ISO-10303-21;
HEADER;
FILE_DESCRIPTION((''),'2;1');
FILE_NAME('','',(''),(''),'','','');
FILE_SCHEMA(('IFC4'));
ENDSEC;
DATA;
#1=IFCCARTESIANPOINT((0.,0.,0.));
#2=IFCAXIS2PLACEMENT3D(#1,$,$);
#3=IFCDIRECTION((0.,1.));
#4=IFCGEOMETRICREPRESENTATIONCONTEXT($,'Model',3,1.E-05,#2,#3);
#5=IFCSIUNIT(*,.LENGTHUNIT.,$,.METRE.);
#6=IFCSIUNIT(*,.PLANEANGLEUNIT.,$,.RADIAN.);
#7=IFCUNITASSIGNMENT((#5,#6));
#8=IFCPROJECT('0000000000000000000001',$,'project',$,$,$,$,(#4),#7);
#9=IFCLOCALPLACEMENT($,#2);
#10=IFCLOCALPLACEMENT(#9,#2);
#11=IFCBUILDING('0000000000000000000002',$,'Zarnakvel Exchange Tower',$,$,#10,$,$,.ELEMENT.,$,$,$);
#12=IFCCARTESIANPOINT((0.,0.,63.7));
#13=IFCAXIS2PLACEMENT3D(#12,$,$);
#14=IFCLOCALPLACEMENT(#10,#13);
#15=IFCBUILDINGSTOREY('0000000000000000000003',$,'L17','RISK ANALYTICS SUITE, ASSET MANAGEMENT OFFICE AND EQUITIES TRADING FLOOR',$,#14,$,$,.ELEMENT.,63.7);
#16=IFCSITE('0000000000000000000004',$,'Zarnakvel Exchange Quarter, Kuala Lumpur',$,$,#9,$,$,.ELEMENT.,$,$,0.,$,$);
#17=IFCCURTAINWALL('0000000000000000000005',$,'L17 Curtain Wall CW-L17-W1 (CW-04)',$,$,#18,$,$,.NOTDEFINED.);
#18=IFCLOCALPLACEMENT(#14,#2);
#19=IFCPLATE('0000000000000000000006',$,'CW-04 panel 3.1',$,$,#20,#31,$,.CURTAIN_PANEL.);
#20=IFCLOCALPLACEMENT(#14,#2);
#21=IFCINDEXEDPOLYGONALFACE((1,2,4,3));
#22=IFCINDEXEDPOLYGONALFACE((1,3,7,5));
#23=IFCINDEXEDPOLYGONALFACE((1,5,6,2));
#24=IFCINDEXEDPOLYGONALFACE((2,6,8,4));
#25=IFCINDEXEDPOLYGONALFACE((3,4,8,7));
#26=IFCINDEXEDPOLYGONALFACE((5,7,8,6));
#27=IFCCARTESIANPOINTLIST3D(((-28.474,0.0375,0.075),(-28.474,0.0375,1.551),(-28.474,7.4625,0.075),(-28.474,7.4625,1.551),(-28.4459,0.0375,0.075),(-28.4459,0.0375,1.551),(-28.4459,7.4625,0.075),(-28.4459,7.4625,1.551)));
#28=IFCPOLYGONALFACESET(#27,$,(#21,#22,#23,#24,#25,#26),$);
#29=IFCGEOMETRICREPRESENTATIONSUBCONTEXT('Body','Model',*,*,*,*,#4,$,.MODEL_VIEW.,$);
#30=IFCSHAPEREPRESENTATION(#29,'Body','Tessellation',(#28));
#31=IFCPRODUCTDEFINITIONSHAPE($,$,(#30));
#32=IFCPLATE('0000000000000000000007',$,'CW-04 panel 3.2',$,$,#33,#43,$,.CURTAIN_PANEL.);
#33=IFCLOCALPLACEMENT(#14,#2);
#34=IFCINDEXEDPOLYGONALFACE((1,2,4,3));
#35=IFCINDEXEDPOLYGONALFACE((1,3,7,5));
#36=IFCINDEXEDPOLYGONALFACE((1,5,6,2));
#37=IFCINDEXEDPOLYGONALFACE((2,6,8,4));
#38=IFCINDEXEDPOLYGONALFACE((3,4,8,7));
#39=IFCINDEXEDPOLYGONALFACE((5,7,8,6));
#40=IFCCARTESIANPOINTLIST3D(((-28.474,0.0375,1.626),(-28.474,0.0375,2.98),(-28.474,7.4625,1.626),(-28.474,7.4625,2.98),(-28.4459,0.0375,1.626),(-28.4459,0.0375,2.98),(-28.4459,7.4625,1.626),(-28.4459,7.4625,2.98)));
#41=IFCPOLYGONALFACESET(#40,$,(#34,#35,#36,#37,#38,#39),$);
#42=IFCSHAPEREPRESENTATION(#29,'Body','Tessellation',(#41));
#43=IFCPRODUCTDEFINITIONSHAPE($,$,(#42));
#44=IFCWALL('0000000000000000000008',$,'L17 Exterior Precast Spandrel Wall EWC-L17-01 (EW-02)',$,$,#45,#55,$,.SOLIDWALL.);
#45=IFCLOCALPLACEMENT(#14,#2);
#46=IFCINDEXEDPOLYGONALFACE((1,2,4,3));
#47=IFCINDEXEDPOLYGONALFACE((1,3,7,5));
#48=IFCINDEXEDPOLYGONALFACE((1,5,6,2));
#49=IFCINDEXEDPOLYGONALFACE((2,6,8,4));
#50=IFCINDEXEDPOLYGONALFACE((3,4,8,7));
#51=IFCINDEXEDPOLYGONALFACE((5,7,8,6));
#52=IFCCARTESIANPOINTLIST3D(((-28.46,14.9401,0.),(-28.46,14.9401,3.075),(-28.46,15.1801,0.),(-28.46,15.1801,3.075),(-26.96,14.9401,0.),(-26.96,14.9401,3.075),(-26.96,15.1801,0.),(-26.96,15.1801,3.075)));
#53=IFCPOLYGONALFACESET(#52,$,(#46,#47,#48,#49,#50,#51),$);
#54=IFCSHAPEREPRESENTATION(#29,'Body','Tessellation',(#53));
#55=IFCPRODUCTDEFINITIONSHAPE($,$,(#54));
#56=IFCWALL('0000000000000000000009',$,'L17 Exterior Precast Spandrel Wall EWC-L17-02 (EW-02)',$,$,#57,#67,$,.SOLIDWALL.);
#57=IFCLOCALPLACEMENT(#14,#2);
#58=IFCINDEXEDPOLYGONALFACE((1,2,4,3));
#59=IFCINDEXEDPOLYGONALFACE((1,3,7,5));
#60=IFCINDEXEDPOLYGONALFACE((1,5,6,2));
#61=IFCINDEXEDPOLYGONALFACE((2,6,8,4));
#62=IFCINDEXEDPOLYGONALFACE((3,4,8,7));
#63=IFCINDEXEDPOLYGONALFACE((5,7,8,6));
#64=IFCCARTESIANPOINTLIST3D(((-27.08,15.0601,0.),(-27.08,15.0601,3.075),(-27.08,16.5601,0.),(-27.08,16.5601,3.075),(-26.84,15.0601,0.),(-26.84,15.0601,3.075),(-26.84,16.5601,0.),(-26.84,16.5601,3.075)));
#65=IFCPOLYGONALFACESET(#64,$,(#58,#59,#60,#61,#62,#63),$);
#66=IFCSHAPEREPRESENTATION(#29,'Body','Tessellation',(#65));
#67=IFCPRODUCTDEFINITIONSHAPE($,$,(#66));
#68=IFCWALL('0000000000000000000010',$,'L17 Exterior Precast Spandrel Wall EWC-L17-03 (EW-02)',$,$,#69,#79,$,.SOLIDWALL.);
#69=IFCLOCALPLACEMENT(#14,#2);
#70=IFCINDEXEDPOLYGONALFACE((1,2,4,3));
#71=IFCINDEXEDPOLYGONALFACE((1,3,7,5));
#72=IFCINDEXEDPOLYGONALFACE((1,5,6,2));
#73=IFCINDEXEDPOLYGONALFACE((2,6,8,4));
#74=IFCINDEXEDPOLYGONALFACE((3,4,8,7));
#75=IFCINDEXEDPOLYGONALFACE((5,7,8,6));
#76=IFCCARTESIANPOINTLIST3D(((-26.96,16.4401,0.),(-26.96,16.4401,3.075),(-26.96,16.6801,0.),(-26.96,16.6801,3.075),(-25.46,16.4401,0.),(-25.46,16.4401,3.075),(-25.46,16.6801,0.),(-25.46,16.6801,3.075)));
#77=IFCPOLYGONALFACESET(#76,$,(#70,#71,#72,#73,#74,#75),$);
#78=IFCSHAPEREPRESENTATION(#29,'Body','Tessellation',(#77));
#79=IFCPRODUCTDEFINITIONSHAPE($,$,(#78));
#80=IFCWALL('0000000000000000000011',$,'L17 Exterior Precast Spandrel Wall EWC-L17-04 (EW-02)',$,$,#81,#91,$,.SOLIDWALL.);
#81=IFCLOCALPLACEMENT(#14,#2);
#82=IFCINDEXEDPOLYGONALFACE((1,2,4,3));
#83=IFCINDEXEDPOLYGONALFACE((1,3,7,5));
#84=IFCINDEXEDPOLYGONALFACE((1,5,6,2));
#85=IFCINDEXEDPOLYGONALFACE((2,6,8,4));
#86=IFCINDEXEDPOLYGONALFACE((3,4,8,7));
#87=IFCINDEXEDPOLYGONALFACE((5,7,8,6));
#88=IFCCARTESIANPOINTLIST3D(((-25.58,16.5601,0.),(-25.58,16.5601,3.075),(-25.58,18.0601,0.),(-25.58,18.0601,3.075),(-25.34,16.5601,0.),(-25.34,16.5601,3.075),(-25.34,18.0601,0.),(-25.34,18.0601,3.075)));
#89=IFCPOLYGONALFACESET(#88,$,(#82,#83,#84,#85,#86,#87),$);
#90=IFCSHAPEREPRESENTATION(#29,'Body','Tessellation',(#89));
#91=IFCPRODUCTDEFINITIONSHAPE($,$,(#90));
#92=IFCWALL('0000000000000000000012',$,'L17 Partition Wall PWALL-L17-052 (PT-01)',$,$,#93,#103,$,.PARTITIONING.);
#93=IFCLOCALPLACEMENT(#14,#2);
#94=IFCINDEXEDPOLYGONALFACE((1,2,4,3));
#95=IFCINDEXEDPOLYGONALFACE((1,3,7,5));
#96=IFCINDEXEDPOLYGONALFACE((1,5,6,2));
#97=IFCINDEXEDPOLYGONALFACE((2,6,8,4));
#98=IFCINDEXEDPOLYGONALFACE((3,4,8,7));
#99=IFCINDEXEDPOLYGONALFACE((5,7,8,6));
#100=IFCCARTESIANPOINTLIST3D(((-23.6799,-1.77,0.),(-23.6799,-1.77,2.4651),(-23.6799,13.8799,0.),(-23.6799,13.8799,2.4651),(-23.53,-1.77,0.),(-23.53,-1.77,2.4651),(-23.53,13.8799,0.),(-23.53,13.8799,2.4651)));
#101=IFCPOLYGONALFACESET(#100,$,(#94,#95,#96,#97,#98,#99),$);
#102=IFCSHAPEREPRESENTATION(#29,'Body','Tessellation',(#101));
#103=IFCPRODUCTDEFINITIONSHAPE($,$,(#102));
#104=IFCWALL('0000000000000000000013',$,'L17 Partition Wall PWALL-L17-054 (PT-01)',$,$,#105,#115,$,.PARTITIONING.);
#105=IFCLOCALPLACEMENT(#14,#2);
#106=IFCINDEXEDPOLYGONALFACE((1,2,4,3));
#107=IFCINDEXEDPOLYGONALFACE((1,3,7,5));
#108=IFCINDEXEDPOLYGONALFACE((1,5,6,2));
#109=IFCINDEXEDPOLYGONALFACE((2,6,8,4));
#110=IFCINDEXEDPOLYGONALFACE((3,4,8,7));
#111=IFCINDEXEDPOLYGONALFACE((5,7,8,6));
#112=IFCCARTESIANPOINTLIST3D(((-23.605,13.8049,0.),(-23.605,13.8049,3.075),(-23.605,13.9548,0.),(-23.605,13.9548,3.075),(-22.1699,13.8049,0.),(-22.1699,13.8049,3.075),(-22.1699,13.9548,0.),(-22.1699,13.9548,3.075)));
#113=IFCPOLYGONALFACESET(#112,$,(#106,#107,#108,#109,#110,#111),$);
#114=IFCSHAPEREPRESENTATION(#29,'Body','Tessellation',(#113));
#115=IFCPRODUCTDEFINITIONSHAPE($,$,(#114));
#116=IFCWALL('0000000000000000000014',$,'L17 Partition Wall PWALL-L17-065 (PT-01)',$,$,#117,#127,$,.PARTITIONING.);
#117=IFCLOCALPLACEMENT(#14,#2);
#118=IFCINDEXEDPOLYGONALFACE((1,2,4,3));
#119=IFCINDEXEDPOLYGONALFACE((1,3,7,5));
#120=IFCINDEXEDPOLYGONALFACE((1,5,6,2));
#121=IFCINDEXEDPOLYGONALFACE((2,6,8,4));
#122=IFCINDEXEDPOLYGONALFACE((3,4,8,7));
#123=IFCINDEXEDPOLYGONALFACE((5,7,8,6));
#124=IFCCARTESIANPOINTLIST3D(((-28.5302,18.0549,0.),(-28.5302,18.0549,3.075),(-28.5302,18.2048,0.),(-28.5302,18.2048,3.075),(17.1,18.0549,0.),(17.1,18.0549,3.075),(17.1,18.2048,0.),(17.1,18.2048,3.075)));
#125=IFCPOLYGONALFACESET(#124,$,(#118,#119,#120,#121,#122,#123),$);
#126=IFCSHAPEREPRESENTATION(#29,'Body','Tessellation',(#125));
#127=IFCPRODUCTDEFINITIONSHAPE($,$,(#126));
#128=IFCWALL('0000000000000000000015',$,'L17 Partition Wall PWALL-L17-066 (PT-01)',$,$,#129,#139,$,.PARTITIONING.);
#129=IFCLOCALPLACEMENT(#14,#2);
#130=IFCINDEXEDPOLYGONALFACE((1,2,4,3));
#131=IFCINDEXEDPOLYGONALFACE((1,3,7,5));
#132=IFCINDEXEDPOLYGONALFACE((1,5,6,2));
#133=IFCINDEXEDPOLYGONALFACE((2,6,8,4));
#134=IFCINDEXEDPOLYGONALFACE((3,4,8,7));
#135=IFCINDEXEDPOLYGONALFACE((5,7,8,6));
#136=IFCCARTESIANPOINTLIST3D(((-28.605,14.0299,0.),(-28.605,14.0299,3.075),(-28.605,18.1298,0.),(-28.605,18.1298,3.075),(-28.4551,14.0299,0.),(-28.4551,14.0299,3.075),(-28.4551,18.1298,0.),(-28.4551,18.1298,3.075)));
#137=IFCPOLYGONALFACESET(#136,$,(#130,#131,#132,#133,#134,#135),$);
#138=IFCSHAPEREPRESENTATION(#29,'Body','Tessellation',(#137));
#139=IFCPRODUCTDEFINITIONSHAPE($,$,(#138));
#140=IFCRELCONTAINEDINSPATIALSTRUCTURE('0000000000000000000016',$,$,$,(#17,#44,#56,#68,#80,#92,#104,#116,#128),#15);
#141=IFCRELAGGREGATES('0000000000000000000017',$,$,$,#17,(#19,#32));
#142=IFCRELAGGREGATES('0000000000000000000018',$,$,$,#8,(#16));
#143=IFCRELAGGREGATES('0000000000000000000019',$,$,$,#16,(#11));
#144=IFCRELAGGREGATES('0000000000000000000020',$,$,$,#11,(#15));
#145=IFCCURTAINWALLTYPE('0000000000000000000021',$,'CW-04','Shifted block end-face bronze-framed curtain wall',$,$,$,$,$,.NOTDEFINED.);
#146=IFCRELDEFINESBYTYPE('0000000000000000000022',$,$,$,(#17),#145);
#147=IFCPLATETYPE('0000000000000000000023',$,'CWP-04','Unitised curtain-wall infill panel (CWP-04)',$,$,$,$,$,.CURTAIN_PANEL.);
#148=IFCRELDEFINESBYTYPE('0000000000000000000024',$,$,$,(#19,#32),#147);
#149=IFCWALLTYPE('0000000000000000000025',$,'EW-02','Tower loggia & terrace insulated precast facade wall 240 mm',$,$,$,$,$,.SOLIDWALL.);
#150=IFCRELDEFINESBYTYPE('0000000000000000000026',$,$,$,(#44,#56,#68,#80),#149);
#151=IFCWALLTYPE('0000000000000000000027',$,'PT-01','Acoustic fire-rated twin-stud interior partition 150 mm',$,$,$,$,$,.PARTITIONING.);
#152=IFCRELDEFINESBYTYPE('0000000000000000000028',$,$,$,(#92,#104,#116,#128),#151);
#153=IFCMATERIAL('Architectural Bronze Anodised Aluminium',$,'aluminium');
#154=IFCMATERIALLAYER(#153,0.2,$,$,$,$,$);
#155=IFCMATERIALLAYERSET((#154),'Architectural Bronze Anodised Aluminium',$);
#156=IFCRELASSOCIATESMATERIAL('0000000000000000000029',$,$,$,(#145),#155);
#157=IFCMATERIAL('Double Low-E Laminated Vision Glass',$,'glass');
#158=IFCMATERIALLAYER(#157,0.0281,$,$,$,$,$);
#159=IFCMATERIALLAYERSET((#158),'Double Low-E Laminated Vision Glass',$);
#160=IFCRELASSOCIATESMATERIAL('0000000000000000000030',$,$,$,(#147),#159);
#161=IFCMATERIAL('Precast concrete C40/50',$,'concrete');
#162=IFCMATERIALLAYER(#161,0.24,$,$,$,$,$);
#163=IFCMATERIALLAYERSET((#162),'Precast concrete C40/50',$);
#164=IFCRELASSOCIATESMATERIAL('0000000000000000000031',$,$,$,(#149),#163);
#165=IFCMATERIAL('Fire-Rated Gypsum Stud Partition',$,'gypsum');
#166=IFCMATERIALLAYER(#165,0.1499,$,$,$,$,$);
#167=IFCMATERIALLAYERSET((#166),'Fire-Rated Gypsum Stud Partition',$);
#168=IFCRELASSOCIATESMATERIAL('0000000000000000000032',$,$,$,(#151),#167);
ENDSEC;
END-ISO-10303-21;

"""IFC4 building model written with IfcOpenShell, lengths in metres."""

from ifc_helpers import new_model, si_unit, direction, frame, frame_2d, origin, origin_2d, place, context, subcontext, project, spatial, rectangle, extrude, source, transform, mapped, material, layer, layer_set, type_object, element, aggregate, save


model = new_model("IFC4")

# Units and contexts
model_context = context("Model", 3, precision=1e-05, world=origin(), true_north=direction((0.0, 1.0)))
body_context = subcontext(model_context, "Body", "Model", "MODEL_VIEW")
ifc_project = project(units=[si_unit("LENGTHUNIT", "METRE"), si_unit("PLANEANGLEUNIT", "RADIAN")], contexts=[model_context])

# Site, building, storey
site_placement = place(None, origin())
site = spatial("IfcSite", under=ifc_project, at=site_placement, Name="Zarnakvel Exchange Quarter, Kuala Lumpur", CompositionType="ELEMENT", RefElevation=0.0)
building_placement = place(site_placement, origin())
building = spatial("IfcBuilding", under=site, at=building_placement, Name="Zarnakvel Exchange Tower", CompositionType="ELEMENT")
storey_placement = place(building_placement, frame((0.0, 0.0, 63.7)))
storey = spatial("IfcBuildingStorey", under=building, at=storey_placement, Name="L17", Description="RISK ANALYTICS SUITE, ASSET MANAGEMENT OFFICE AND EQUITIES TRADING FLOOR", CompositionType="ELEMENT", Elevation=63.7)

# Curtain wall
ifc_material_1 = material(Name="Architectural Bronze Anodised Aluminium", Category="aluminium")
ifc_layer_1 = layer(ifc_material_1, 0.2)
ifc_layer_set_1 = layer_set([ifc_layer_1], Name="Architectural Bronze Anodised Aluminium")
curtain_wall_type_1 = type_object("IfcCurtainWallType", Name="CW-04", Description="Shifted block end-face bronze-framed curtain wall", PredefinedType="NOTDEFINED", material=ifc_layer_set_1)
curtain_wall_1_placement = place(storey_placement, origin())
curtain_wall_1 = element("IfcCurtainWall", 1, at=curtain_wall_1_placement, inside=storey, type_object=curtain_wall_type_1, Name="L17 Curtain Wall CW-L17-W1 (CW-04)", PredefinedType="NOTDEFINED")

# Plates
ifc_material_2 = material(Name="Double Low-E Laminated Vision Glass", Category="glass")
ifc_layer_2 = layer(ifc_material_2, 0.0281)
ifc_layer_set_2 = layer_set([ifc_layer_2], Name="Double Low-E Laminated Vision Glass")
plate_type = type_object("IfcPlateType", Name="CWP-04", Description="Unitised curtain-wall infill panel (CWP-04)", PredefinedType="CURTAIN_PANEL", material=ifc_layer_set_2)
shared_shape_1 = source(origin(), body_context, "Body", "SweptSolid", [
    extrude(rectangle(XDim=7.425, YDim=0.0281, at=origin_2d()), origin(), (0.0, 0.0, 1.0), 1.4761),
])
plate_1_placement = place(storey_placement, frame((-28.46, 3.75, 0.075), z_axis=(0.0, 0.0, 1.0), x_axis=(0.0, 1.0, 0.0)))
plate_1 = element("IfcPlate", 2, at=plate_1_placement, type_object=plate_type, Name="CW-04 panel 3.1", PredefinedType="CURTAIN_PANEL", context=body_context, shape_type="MappedRepresentation", body=[
    mapped(shared_shape_1, transform((0.0, 0.0, 0.0), x_axis=(1.0, 0.0, 0.0), y_axis=(0.0, 1.0, 0.0), z_axis=(0.0, 0.0, 1.0), scale=1.0)),
])
shared_shape_2 = source(origin(), body_context, "Body", "SweptSolid", [
    extrude(rectangle(XDim=7.425, YDim=0.0281, at=origin_2d()), origin(), (0.0, 0.0, 1.0), 1.354),
])
plate_2_placement = place(storey_placement, frame((-28.46, 3.75, 1.626), z_axis=(0.0, 0.0, 1.0), x_axis=(0.0, 1.0, 0.0)))
plate_2 = element("IfcPlate", 3, at=plate_2_placement, type_object=plate_type, Name="CW-04 panel 3.2", PredefinedType="CURTAIN_PANEL", context=body_context, shape_type="MappedRepresentation", body=[
    mapped(shared_shape_2, transform((0.0, 0.0, 0.0), x_axis=(1.0, 0.0, 0.0), y_axis=(0.0, 1.0, 0.0), z_axis=(0.0, 0.0, 1.0), scale=1.0)),
])
aggregate(curtain_wall_1, [plate_1, plate_2])

# Walls
ifc_material_3 = material(Name="Precast concrete C40/50", Category="concrete")
ifc_layer_3 = layer(ifc_material_3, 0.24)
ifc_layer_set_3 = layer_set([ifc_layer_3], Name="Precast concrete C40/50")
wall_type_1 = type_object("IfcWallType", Name="EW-02", Description="Tower loggia & terrace insulated precast facade wall 240 mm", PredefinedType="SOLIDWALL", material=ifc_layer_set_3)
for number, where, z_axis, x_axis, name in (
    (4, (-26.96, 15.0601, 0.0), (0.0, 0.0, 1.0), (-1.0, 0.0, 0.0), "L17 Exterior Precast Spandrel Wall EWC-L17-01 (EW-02)"),
    (5, (-26.96, 16.5601, 0.0), (0.0, 0.0, 1.0), (0.0, -1.0, 0.0), "L17 Exterior Precast Spandrel Wall EWC-L17-02 (EW-02)"),
    (6, (-25.46, 16.5601, 0.0), (0.0, 0.0, 1.0), (-1.0, 0.0, 0.0), "L17 Exterior Precast Spandrel Wall EWC-L17-03 (EW-02)"),
    (7, (-25.46, 18.0601, 0.0), (0.0, 0.0, 1.0), (0.0, -1.0, 0.0), "L17 Exterior Precast Spandrel Wall EWC-L17-04 (EW-02)"),
):
    element("IfcWall", number, at=place(storey_placement, frame(where, z_axis=z_axis, x_axis=x_axis)), inside=storey, type_object=wall_type_1, Name=name, PredefinedType="SOLIDWALL", context=body_context, shape_type="SweptSolid", body=[
        extrude(rectangle(XDim=1.5, YDim=0.24, at=frame_2d((0.75, 0.0))), origin(), (0.0, 0.0, 1.0), 3.075),
    ])

# Shared definitions
ifc_material_4 = material(Name="Fire-Rated Gypsum Stud Partition", Category="gypsum")
ifc_layer_4 = layer(ifc_material_4, 0.1499)
ifc_layer_set_4 = layer_set([ifc_layer_4], Name="Fire-Rated Gypsum Stud Partition")
wall_type_2 = type_object("IfcWallType", Name="PT-01", Description="Acoustic fire-rated twin-stud interior partition 150 mm", PredefinedType="PARTITIONING", material=ifc_layer_set_4)

# Walls
wall_1_placement = place(storey_placement, frame((-23.605, 13.8799, 0.0), z_axis=(0.0, 0.0, 1.0), x_axis=(0.0, -1.0, 0.0)))
element("IfcWall", 8, at=wall_1_placement, inside=storey, type_object=wall_type_2, Name="L17 Partition Wall PWALL-L17-052 (PT-01)", PredefinedType="PARTITIONING", context=body_context, shape_type="SweptSolid", body=[
    extrude(rectangle(XDim=15.6499, YDim=0.1499, at=frame_2d((7.825, 0.0))), origin(), (0.0, 0.0, 1.0), 2.4651),
])
wall_2_placement = place(storey_placement, frame((-23.605, 13.8799, 0.0), z_axis=(0.0, 0.0, 1.0), x_axis=(1.0, 0.0, 0.0)))
element("IfcWall", 9, at=wall_2_placement, inside=storey, type_object=wall_type_2, Name="L17 Partition Wall PWALL-L17-054 (PT-01)", PredefinedType="PARTITIONING", context=body_context, shape_type="SweptSolid", body=[
    extrude(rectangle(XDim=1.4351, YDim=0.1499, at=frame_2d((0.7175, 0.0))), origin(), (0.0, 0.0, 1.0), 3.075),
])
wall_3_placement = place(storey_placement, frame((-28.53, 18.1299, 0.0), z_axis=(0.0, 0.0, 1.0), x_axis=(1.0, 0.0, 0.0)))
element("IfcWall", 10, at=wall_3_placement, inside=storey, type_object=wall_type_2, Name="L17 Partition Wall PWALL-L17-065 (PT-01)", PredefinedType="PARTITIONING", context=body_context, shape_type="SweptSolid", body=[
    extrude(rectangle(XDim=45.6301, YDim=0.1499, at=frame_2d((22.8149, 0.0))), origin(), (0.0, 0.0, 1.0), 3.075),
])
wall_4_placement = place(storey_placement, frame((-28.53, 14.03, 0.0), z_axis=(0.0, 0.0, 1.0), x_axis=(0.0, 1.0, 0.0)))
element("IfcWall", 11, at=wall_4_placement, inside=storey, type_object=wall_type_2, Name="L17 Partition Wall PWALL-L17-066 (PT-01)", PredefinedType="PARTITIONING", context=body_context, shape_type="SweptSolid", body=[
    extrude(rectangle(XDim=4.0999, YDim=0.1499, at=frame_2d((2.0498, 0.0))), origin(), (0.0, 0.0, 1.0), 3.075),
])

save(model, "model.ifc")
